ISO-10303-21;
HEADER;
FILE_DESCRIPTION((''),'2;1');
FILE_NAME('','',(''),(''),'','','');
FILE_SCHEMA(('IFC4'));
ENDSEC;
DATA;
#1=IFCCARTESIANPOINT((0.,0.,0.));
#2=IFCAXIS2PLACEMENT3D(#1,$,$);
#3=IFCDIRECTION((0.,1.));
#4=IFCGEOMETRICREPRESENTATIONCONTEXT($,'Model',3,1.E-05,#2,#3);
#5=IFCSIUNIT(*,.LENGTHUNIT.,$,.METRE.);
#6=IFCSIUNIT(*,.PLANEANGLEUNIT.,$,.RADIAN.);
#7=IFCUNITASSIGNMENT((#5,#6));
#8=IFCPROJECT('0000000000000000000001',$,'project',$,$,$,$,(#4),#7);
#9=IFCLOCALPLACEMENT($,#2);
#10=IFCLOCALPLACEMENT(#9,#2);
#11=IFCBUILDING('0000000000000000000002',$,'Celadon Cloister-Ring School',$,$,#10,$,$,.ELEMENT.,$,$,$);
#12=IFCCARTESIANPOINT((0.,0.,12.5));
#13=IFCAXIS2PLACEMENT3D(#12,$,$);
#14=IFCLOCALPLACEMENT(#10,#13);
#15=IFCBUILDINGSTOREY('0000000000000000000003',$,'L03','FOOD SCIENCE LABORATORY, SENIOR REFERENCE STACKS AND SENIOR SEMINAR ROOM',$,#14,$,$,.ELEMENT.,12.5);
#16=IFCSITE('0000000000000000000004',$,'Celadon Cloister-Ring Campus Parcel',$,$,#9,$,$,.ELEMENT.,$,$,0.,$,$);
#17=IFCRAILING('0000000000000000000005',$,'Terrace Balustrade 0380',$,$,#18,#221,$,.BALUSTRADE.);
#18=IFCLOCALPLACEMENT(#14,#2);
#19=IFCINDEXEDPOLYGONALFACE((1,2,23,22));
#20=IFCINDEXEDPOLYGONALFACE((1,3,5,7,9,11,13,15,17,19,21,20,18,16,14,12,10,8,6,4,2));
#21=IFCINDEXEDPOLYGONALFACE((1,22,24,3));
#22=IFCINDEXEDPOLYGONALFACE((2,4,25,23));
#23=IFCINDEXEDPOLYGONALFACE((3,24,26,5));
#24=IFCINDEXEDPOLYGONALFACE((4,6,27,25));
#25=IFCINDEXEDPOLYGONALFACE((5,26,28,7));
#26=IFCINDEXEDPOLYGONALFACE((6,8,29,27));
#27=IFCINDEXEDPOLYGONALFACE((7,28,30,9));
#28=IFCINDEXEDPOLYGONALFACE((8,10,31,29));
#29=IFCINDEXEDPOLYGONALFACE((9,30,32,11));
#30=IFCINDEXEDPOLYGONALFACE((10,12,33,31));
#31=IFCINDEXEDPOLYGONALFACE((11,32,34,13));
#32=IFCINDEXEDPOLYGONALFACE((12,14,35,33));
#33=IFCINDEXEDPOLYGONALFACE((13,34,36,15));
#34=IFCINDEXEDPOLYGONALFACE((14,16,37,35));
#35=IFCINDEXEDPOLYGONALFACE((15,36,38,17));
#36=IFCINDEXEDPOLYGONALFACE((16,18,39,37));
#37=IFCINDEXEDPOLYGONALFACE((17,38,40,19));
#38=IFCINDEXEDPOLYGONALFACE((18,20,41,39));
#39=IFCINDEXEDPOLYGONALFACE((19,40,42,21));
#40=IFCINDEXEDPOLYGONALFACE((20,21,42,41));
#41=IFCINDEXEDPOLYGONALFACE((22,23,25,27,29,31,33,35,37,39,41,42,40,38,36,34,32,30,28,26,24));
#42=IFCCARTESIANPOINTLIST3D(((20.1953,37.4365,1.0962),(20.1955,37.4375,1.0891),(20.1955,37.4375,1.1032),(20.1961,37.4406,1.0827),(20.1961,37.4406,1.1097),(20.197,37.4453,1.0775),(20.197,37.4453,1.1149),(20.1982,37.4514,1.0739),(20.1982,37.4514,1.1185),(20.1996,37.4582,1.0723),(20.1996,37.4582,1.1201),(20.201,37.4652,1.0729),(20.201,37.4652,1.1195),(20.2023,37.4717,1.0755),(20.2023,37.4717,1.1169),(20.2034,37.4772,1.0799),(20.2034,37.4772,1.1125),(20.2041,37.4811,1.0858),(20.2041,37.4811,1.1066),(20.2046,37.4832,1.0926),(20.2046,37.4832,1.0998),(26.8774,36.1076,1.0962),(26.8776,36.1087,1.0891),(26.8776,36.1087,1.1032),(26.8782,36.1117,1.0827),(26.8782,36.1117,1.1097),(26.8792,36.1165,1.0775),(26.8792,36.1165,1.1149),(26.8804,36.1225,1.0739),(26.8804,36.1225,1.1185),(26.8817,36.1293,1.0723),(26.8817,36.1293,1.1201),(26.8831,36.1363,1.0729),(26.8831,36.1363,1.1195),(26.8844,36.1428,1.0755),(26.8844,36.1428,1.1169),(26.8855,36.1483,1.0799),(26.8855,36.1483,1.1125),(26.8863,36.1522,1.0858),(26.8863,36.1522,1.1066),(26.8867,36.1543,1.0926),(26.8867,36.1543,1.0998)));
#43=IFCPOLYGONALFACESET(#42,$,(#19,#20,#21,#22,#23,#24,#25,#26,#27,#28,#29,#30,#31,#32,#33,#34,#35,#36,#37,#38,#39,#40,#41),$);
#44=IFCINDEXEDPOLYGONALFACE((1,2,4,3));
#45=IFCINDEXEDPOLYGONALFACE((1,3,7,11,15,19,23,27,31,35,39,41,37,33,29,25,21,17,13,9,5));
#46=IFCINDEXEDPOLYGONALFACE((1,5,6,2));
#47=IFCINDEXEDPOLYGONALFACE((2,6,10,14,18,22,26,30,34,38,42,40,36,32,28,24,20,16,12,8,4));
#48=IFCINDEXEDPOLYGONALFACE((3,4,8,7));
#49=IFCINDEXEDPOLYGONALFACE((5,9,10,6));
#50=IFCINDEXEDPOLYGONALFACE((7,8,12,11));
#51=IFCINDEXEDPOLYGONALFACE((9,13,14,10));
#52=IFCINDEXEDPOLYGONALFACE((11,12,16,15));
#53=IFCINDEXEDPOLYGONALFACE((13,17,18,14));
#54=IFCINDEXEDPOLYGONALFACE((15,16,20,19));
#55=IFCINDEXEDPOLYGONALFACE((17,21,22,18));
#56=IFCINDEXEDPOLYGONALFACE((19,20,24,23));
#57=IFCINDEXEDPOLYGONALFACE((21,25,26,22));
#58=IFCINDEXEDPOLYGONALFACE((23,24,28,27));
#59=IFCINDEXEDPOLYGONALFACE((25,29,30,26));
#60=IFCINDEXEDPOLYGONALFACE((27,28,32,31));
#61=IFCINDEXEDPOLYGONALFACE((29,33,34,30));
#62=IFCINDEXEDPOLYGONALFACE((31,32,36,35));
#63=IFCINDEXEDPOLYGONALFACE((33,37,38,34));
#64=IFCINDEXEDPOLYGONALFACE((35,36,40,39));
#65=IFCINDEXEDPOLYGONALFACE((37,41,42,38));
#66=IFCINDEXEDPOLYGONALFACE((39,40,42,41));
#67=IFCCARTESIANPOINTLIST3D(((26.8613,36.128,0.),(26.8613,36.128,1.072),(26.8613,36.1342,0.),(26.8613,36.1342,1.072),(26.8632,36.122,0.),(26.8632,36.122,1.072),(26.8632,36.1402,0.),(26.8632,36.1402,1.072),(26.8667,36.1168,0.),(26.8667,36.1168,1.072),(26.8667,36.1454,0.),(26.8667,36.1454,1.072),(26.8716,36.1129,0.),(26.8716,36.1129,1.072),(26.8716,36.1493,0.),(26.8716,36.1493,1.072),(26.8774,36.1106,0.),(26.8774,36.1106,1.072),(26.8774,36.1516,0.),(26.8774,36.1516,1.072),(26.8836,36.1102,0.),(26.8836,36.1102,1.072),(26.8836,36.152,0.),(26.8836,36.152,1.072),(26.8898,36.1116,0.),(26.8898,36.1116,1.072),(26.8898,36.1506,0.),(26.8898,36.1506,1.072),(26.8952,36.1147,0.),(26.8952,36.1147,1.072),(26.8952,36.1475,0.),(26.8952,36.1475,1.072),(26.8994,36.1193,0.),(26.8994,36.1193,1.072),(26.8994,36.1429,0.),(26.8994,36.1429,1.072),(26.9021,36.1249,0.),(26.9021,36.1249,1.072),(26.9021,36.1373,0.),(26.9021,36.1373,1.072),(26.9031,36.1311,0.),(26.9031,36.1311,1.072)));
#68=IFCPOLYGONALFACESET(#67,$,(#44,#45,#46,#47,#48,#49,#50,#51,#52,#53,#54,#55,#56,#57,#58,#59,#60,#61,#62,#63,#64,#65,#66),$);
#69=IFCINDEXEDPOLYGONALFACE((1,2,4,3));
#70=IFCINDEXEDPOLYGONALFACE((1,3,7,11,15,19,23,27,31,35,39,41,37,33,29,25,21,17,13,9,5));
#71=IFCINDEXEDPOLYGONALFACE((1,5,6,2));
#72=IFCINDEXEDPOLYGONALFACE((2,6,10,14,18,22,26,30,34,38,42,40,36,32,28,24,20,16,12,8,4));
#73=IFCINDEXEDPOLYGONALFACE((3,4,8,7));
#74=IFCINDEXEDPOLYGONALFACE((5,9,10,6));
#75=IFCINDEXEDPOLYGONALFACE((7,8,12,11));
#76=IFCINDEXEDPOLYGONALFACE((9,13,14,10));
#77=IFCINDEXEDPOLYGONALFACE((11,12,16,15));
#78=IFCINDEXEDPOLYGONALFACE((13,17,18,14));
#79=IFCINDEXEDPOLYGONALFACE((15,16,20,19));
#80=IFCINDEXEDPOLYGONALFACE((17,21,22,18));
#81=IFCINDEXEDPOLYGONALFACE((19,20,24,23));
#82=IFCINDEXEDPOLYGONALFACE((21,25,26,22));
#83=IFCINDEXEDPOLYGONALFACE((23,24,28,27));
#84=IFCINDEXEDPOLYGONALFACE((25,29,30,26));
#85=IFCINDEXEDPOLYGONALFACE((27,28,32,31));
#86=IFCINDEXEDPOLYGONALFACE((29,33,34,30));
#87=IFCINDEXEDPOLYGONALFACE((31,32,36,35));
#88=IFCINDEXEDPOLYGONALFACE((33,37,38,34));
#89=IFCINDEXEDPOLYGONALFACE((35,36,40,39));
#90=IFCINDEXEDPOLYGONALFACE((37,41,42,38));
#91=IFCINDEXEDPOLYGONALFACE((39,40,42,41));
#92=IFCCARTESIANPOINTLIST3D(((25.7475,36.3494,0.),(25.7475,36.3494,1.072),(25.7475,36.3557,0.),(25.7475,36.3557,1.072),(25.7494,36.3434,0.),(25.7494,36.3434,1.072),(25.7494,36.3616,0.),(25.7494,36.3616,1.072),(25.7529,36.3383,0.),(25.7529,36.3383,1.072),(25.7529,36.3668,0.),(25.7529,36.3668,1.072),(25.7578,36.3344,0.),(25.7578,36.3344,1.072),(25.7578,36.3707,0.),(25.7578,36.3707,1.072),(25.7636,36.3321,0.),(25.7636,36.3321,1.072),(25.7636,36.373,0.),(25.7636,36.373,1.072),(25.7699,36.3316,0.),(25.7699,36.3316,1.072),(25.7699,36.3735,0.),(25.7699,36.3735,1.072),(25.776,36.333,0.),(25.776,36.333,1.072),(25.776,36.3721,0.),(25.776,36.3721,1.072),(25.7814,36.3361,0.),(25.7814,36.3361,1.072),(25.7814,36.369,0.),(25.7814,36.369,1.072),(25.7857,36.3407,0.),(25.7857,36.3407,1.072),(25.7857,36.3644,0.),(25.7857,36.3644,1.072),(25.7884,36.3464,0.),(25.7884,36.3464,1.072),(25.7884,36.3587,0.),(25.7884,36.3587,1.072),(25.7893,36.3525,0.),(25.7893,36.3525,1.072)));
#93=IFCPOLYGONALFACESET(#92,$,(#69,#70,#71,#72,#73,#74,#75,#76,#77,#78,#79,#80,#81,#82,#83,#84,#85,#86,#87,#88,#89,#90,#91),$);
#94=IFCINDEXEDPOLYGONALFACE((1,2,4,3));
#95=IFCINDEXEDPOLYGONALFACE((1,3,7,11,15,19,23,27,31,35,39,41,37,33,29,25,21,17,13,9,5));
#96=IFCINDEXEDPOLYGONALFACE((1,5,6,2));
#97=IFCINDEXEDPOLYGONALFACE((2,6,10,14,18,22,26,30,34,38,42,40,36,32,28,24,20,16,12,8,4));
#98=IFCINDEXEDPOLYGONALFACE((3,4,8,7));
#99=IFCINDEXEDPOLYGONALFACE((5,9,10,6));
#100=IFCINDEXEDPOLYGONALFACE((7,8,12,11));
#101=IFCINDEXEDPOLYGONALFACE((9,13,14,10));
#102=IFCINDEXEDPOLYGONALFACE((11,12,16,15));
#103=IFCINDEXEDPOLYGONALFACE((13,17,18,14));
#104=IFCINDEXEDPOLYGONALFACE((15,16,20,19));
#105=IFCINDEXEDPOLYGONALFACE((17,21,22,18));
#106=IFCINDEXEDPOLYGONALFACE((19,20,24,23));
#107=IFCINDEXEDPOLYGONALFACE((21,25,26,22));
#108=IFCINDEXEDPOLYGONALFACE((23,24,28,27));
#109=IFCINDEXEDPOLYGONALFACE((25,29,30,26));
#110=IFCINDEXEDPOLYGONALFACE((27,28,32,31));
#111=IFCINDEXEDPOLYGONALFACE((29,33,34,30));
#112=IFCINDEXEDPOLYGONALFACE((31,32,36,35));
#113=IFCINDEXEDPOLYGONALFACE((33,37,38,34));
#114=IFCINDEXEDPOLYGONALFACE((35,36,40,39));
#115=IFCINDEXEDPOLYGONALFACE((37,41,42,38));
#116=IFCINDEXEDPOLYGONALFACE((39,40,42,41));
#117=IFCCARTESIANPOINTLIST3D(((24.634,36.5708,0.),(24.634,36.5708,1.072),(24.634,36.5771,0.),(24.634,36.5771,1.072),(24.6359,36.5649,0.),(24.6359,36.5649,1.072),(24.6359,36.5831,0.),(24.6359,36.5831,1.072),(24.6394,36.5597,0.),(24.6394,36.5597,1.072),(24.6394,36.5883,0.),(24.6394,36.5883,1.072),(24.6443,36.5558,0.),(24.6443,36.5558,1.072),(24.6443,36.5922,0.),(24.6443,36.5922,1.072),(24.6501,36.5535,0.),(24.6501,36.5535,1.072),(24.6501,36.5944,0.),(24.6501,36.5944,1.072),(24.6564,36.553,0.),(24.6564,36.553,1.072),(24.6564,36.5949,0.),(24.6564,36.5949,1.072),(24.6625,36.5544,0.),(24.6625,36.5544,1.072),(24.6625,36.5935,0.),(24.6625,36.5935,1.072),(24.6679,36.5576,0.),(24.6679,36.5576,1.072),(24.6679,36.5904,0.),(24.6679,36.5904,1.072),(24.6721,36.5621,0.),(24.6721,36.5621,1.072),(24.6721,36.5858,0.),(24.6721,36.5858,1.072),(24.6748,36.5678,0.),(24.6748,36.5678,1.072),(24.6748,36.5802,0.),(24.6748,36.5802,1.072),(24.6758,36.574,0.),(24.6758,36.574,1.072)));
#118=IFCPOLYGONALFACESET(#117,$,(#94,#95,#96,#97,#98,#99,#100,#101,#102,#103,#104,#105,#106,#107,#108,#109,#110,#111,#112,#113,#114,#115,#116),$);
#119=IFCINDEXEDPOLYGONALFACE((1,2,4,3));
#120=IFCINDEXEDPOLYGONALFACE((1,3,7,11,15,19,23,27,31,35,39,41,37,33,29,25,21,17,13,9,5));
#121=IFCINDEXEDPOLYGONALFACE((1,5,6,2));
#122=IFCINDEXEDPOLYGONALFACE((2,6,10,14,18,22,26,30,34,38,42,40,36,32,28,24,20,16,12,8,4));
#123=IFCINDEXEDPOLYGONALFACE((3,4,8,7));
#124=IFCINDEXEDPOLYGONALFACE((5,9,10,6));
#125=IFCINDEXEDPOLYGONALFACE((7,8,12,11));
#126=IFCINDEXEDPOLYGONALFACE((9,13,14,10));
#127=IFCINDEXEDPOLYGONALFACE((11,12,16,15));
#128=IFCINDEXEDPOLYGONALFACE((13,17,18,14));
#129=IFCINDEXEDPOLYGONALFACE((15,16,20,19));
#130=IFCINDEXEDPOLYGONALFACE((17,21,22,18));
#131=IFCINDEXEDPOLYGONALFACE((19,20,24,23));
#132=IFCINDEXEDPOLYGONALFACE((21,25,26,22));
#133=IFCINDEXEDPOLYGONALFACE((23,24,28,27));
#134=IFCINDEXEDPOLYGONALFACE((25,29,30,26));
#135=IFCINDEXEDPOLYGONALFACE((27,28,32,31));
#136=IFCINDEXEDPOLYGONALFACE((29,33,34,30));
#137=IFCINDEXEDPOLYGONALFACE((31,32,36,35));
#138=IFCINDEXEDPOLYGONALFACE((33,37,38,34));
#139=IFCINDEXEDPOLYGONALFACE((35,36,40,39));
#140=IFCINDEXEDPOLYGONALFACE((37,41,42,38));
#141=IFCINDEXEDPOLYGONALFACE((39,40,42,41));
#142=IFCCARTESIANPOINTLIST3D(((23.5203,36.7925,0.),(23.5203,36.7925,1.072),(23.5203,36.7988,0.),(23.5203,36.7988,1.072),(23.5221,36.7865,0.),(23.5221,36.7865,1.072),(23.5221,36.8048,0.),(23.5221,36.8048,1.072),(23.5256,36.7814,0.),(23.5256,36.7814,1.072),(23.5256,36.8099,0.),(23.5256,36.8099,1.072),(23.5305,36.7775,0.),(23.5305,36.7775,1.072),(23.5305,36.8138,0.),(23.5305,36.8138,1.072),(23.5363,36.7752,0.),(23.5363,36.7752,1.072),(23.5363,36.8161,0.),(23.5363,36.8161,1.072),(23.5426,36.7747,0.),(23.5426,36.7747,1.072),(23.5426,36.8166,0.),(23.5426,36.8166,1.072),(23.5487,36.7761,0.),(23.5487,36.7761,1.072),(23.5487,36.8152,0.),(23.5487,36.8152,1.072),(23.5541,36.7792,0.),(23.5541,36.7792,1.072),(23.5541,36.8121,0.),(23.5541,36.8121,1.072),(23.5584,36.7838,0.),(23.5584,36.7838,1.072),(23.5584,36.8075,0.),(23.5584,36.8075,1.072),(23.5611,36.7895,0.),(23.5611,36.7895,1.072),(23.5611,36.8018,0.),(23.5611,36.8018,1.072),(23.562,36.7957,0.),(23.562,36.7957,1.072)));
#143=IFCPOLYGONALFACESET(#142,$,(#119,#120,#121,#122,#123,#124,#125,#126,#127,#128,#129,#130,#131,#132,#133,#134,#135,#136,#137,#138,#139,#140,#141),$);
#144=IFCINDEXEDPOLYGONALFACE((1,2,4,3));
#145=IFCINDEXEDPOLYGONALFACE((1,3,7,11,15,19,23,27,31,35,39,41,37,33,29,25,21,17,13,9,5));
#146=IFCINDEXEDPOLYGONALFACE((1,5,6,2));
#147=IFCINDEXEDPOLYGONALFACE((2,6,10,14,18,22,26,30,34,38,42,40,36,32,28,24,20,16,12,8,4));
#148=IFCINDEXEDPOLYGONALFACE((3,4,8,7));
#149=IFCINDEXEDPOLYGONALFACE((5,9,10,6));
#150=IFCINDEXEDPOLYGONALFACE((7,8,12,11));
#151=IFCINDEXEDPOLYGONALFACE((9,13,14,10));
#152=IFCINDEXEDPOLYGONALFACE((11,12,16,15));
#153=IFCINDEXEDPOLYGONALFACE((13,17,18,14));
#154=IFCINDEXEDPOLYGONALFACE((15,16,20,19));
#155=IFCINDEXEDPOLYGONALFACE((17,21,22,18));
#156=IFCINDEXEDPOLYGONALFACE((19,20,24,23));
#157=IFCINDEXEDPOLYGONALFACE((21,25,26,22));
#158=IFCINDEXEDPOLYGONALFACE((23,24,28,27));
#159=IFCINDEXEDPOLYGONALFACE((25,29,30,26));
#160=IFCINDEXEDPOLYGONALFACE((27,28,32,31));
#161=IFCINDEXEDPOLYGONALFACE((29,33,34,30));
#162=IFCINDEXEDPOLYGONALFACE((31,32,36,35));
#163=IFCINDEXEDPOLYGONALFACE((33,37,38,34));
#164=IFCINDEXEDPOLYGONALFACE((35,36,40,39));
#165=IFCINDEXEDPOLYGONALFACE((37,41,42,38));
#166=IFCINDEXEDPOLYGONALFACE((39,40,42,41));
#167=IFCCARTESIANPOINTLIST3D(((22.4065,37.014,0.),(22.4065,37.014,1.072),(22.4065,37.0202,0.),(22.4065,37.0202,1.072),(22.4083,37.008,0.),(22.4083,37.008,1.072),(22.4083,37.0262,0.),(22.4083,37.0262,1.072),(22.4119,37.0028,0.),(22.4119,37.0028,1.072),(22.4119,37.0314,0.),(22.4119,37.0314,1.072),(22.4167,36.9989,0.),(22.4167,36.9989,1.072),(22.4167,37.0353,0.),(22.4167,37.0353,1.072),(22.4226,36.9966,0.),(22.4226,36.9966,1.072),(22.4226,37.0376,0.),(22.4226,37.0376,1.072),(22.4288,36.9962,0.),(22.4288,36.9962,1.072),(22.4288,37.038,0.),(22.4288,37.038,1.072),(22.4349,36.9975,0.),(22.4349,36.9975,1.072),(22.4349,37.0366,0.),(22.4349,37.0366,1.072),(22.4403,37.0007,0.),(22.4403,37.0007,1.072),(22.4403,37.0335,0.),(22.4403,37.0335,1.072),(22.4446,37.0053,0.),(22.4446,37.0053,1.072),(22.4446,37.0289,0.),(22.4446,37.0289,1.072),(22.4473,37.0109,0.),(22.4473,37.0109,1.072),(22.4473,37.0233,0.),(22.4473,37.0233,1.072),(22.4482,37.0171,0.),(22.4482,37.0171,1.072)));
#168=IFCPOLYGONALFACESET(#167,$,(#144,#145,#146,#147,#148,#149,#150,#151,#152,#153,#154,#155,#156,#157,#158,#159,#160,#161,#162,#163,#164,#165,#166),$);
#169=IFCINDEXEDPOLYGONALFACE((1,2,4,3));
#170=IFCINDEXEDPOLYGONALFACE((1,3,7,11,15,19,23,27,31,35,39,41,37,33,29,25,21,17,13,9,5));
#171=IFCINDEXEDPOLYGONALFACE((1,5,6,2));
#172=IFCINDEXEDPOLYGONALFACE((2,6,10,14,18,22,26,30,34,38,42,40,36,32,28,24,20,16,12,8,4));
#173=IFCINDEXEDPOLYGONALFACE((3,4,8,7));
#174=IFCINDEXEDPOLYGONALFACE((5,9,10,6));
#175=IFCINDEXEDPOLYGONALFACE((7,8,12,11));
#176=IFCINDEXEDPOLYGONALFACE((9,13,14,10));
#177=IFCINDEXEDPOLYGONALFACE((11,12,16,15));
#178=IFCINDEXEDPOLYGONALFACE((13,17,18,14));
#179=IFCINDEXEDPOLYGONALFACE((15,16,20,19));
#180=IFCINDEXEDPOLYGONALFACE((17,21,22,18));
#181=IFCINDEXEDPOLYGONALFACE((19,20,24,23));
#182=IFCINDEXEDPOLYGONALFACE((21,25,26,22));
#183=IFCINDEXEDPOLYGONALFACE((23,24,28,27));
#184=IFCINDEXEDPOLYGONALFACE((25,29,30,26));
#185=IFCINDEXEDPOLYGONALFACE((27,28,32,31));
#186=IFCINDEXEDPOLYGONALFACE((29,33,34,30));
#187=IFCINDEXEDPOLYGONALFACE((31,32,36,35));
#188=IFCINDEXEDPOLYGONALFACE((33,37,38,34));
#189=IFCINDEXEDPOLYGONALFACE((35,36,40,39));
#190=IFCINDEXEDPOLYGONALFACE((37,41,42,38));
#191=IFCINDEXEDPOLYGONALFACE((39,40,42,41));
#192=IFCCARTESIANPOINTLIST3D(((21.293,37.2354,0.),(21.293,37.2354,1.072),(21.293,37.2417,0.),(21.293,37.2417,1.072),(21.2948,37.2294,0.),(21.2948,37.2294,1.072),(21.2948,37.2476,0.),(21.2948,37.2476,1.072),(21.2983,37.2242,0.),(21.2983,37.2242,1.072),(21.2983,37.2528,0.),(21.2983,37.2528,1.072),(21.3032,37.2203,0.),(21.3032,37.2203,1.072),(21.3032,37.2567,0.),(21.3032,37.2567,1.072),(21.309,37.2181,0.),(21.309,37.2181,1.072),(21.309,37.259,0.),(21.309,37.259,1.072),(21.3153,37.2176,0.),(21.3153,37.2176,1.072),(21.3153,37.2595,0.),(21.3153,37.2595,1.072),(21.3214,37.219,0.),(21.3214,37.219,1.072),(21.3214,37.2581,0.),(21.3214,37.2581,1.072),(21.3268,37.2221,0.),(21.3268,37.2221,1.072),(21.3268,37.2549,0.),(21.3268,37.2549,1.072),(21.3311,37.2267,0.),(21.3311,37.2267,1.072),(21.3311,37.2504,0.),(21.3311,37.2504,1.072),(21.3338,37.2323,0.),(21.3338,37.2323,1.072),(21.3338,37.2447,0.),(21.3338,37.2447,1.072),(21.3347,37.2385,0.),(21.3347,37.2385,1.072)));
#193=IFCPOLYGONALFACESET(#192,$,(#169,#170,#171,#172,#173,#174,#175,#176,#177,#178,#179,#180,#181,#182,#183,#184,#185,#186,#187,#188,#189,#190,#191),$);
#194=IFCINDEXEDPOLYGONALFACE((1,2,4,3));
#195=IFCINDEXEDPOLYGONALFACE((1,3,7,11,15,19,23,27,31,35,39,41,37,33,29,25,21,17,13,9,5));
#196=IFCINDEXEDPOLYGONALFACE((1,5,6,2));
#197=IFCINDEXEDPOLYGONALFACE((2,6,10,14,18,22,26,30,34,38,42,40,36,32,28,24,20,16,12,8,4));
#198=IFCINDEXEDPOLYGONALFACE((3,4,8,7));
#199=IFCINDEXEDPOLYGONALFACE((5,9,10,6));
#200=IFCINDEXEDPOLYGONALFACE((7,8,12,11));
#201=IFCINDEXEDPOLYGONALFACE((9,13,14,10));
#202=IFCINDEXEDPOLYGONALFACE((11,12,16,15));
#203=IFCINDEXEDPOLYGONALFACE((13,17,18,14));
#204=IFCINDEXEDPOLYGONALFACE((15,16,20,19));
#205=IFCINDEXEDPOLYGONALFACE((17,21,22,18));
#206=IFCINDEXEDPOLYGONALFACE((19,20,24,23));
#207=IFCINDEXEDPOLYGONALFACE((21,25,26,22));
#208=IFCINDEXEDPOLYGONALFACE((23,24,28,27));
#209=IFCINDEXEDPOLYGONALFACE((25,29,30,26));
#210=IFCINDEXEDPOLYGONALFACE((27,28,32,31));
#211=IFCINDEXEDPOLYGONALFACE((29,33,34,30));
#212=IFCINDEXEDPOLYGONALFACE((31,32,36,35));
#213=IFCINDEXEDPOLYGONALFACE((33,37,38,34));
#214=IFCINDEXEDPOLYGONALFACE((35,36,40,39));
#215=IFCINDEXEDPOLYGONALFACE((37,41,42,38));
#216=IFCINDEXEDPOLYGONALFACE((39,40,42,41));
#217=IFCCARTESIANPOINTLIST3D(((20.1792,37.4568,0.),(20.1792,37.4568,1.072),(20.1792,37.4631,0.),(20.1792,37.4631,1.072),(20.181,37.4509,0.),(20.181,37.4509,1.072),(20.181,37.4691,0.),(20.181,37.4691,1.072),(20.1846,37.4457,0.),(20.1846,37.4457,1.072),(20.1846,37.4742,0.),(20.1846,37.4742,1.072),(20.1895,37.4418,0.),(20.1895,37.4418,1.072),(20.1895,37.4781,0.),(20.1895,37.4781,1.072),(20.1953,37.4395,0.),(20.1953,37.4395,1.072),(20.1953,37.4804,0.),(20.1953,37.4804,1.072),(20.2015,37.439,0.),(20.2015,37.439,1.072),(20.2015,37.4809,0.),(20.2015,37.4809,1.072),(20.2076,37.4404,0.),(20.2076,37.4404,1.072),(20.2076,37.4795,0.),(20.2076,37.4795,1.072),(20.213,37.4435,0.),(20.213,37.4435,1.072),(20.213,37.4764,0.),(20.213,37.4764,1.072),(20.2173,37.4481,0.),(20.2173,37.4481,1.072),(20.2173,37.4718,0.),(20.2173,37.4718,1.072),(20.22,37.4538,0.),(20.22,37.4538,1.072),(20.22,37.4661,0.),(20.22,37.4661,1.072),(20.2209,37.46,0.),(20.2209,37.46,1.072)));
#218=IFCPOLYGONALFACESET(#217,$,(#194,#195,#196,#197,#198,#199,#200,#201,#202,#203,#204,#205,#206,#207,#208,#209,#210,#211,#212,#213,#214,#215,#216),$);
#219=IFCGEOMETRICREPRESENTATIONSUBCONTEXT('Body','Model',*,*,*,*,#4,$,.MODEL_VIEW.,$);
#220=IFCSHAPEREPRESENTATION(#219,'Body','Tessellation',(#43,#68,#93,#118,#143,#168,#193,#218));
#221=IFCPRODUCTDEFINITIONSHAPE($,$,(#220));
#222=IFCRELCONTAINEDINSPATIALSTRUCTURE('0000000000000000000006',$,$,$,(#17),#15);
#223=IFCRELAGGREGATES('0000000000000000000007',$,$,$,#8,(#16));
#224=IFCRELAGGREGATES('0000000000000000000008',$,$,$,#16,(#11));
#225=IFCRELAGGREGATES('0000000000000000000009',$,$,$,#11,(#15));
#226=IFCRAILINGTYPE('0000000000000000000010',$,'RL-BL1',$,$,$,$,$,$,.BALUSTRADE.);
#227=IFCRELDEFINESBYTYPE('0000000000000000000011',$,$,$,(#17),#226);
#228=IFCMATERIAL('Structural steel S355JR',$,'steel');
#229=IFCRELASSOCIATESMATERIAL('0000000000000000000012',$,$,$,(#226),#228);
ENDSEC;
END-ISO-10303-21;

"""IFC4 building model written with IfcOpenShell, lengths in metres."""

from ifc_helpers import new_model, si_unit, direction, frame, origin, origin_2d, place, context, subcontext, project, spatial, circle, extrude, material, type_object, element, save


model = new_model("IFC4")

# Units and contexts
model_context = context("Model", 3, precision=1e-05, world=origin(), true_north=direction((0.0, 1.0)))
body_context = subcontext(model_context, "Body", "Model", "MODEL_VIEW")
ifc_project = project(units=[si_unit("LENGTHUNIT", "METRE"), si_unit("PLANEANGLEUNIT", "RADIAN")], contexts=[model_context])

# Site, building, storey
site_placement = place(None, origin())
site = spatial("IfcSite", under=ifc_project, at=site_placement, Name="Celadon Cloister-Ring Campus Parcel", CompositionType="ELEMENT", RefElevation=0.0)
building_placement = place(site_placement, origin())
building = spatial("IfcBuilding", under=site, at=building_placement, Name="Celadon Cloister-Ring School", CompositionType="ELEMENT")
storey_placement = place(building_placement, frame((0.0, 0.0, 12.5)))
storey = spatial("IfcBuildingStorey", under=building, at=storey_placement, Name="L03", Description="FOOD SCIENCE LABORATORY, SENIOR REFERENCE STACKS AND SENIOR SEMINAR ROOM", CompositionType="ELEMENT", Elevation=12.5)

# Railing
ifc_material_1 = material(Name="Structural steel S355JR", Category="steel")
railing_type = type_object("IfcRailingType", Name="RL-BL1", PredefinedType="BALUSTRADE", material=ifc_material_1)
railing_1_placement = place(storey_placement, frame((26.8821, 36.1311, 0.0)))
element("IfcRailing", 1, at=railing_1_placement, inside=storey, type_object=railing_type, Name="Terrace Balustrade 0380", PredefinedType="BALUSTRADE", context=body_context, shape_type="SweptSolid", body=[
    extrude(circle(Radius=0.0239, at=origin_2d()), frame((0.0, 0.0, 1.0962), z_axis=(-0.980794, 0.195048, 0.0), x_axis=(-0.195048, -0.980794, 0.0)), (0.0, 0.0, 1.0), 6.813),
    extrude(circle(Radius=0.021, at=origin_2d()), origin(), (0.0, 0.0, 1.0), 1.072),
    extrude(circle(Radius=0.021, at=origin_2d()), frame((-1.1138, 0.2214, 0.0)), (0.0, 0.0, 1.0), 1.072),
    extrude(circle(Radius=0.021, at=origin_2d()), frame((-2.2273, 0.4429, 0.0)), (0.0, 0.0, 1.0), 1.072),
    extrude(circle(Radius=0.021, at=origin_2d()), frame((-3.3411, 0.6646, 0.0)), (0.0, 0.0, 1.0), 1.072),
    extrude(circle(Radius=0.021, at=origin_2d()), frame((-4.4548, 0.886, 0.0)), (0.0, 0.0, 1.0), 1.072),
    extrude(circle(Radius=0.021, at=origin_2d()), frame((-5.5684, 1.1074, 0.0)), (0.0, 0.0, 1.0), 1.072),
    extrude(circle(Radius=0.021, at=origin_2d()), frame((-6.6821, 1.3289, 0.0)), (0.0, 0.0, 1.0), 1.072),
])

save(model, "model.ifc")
